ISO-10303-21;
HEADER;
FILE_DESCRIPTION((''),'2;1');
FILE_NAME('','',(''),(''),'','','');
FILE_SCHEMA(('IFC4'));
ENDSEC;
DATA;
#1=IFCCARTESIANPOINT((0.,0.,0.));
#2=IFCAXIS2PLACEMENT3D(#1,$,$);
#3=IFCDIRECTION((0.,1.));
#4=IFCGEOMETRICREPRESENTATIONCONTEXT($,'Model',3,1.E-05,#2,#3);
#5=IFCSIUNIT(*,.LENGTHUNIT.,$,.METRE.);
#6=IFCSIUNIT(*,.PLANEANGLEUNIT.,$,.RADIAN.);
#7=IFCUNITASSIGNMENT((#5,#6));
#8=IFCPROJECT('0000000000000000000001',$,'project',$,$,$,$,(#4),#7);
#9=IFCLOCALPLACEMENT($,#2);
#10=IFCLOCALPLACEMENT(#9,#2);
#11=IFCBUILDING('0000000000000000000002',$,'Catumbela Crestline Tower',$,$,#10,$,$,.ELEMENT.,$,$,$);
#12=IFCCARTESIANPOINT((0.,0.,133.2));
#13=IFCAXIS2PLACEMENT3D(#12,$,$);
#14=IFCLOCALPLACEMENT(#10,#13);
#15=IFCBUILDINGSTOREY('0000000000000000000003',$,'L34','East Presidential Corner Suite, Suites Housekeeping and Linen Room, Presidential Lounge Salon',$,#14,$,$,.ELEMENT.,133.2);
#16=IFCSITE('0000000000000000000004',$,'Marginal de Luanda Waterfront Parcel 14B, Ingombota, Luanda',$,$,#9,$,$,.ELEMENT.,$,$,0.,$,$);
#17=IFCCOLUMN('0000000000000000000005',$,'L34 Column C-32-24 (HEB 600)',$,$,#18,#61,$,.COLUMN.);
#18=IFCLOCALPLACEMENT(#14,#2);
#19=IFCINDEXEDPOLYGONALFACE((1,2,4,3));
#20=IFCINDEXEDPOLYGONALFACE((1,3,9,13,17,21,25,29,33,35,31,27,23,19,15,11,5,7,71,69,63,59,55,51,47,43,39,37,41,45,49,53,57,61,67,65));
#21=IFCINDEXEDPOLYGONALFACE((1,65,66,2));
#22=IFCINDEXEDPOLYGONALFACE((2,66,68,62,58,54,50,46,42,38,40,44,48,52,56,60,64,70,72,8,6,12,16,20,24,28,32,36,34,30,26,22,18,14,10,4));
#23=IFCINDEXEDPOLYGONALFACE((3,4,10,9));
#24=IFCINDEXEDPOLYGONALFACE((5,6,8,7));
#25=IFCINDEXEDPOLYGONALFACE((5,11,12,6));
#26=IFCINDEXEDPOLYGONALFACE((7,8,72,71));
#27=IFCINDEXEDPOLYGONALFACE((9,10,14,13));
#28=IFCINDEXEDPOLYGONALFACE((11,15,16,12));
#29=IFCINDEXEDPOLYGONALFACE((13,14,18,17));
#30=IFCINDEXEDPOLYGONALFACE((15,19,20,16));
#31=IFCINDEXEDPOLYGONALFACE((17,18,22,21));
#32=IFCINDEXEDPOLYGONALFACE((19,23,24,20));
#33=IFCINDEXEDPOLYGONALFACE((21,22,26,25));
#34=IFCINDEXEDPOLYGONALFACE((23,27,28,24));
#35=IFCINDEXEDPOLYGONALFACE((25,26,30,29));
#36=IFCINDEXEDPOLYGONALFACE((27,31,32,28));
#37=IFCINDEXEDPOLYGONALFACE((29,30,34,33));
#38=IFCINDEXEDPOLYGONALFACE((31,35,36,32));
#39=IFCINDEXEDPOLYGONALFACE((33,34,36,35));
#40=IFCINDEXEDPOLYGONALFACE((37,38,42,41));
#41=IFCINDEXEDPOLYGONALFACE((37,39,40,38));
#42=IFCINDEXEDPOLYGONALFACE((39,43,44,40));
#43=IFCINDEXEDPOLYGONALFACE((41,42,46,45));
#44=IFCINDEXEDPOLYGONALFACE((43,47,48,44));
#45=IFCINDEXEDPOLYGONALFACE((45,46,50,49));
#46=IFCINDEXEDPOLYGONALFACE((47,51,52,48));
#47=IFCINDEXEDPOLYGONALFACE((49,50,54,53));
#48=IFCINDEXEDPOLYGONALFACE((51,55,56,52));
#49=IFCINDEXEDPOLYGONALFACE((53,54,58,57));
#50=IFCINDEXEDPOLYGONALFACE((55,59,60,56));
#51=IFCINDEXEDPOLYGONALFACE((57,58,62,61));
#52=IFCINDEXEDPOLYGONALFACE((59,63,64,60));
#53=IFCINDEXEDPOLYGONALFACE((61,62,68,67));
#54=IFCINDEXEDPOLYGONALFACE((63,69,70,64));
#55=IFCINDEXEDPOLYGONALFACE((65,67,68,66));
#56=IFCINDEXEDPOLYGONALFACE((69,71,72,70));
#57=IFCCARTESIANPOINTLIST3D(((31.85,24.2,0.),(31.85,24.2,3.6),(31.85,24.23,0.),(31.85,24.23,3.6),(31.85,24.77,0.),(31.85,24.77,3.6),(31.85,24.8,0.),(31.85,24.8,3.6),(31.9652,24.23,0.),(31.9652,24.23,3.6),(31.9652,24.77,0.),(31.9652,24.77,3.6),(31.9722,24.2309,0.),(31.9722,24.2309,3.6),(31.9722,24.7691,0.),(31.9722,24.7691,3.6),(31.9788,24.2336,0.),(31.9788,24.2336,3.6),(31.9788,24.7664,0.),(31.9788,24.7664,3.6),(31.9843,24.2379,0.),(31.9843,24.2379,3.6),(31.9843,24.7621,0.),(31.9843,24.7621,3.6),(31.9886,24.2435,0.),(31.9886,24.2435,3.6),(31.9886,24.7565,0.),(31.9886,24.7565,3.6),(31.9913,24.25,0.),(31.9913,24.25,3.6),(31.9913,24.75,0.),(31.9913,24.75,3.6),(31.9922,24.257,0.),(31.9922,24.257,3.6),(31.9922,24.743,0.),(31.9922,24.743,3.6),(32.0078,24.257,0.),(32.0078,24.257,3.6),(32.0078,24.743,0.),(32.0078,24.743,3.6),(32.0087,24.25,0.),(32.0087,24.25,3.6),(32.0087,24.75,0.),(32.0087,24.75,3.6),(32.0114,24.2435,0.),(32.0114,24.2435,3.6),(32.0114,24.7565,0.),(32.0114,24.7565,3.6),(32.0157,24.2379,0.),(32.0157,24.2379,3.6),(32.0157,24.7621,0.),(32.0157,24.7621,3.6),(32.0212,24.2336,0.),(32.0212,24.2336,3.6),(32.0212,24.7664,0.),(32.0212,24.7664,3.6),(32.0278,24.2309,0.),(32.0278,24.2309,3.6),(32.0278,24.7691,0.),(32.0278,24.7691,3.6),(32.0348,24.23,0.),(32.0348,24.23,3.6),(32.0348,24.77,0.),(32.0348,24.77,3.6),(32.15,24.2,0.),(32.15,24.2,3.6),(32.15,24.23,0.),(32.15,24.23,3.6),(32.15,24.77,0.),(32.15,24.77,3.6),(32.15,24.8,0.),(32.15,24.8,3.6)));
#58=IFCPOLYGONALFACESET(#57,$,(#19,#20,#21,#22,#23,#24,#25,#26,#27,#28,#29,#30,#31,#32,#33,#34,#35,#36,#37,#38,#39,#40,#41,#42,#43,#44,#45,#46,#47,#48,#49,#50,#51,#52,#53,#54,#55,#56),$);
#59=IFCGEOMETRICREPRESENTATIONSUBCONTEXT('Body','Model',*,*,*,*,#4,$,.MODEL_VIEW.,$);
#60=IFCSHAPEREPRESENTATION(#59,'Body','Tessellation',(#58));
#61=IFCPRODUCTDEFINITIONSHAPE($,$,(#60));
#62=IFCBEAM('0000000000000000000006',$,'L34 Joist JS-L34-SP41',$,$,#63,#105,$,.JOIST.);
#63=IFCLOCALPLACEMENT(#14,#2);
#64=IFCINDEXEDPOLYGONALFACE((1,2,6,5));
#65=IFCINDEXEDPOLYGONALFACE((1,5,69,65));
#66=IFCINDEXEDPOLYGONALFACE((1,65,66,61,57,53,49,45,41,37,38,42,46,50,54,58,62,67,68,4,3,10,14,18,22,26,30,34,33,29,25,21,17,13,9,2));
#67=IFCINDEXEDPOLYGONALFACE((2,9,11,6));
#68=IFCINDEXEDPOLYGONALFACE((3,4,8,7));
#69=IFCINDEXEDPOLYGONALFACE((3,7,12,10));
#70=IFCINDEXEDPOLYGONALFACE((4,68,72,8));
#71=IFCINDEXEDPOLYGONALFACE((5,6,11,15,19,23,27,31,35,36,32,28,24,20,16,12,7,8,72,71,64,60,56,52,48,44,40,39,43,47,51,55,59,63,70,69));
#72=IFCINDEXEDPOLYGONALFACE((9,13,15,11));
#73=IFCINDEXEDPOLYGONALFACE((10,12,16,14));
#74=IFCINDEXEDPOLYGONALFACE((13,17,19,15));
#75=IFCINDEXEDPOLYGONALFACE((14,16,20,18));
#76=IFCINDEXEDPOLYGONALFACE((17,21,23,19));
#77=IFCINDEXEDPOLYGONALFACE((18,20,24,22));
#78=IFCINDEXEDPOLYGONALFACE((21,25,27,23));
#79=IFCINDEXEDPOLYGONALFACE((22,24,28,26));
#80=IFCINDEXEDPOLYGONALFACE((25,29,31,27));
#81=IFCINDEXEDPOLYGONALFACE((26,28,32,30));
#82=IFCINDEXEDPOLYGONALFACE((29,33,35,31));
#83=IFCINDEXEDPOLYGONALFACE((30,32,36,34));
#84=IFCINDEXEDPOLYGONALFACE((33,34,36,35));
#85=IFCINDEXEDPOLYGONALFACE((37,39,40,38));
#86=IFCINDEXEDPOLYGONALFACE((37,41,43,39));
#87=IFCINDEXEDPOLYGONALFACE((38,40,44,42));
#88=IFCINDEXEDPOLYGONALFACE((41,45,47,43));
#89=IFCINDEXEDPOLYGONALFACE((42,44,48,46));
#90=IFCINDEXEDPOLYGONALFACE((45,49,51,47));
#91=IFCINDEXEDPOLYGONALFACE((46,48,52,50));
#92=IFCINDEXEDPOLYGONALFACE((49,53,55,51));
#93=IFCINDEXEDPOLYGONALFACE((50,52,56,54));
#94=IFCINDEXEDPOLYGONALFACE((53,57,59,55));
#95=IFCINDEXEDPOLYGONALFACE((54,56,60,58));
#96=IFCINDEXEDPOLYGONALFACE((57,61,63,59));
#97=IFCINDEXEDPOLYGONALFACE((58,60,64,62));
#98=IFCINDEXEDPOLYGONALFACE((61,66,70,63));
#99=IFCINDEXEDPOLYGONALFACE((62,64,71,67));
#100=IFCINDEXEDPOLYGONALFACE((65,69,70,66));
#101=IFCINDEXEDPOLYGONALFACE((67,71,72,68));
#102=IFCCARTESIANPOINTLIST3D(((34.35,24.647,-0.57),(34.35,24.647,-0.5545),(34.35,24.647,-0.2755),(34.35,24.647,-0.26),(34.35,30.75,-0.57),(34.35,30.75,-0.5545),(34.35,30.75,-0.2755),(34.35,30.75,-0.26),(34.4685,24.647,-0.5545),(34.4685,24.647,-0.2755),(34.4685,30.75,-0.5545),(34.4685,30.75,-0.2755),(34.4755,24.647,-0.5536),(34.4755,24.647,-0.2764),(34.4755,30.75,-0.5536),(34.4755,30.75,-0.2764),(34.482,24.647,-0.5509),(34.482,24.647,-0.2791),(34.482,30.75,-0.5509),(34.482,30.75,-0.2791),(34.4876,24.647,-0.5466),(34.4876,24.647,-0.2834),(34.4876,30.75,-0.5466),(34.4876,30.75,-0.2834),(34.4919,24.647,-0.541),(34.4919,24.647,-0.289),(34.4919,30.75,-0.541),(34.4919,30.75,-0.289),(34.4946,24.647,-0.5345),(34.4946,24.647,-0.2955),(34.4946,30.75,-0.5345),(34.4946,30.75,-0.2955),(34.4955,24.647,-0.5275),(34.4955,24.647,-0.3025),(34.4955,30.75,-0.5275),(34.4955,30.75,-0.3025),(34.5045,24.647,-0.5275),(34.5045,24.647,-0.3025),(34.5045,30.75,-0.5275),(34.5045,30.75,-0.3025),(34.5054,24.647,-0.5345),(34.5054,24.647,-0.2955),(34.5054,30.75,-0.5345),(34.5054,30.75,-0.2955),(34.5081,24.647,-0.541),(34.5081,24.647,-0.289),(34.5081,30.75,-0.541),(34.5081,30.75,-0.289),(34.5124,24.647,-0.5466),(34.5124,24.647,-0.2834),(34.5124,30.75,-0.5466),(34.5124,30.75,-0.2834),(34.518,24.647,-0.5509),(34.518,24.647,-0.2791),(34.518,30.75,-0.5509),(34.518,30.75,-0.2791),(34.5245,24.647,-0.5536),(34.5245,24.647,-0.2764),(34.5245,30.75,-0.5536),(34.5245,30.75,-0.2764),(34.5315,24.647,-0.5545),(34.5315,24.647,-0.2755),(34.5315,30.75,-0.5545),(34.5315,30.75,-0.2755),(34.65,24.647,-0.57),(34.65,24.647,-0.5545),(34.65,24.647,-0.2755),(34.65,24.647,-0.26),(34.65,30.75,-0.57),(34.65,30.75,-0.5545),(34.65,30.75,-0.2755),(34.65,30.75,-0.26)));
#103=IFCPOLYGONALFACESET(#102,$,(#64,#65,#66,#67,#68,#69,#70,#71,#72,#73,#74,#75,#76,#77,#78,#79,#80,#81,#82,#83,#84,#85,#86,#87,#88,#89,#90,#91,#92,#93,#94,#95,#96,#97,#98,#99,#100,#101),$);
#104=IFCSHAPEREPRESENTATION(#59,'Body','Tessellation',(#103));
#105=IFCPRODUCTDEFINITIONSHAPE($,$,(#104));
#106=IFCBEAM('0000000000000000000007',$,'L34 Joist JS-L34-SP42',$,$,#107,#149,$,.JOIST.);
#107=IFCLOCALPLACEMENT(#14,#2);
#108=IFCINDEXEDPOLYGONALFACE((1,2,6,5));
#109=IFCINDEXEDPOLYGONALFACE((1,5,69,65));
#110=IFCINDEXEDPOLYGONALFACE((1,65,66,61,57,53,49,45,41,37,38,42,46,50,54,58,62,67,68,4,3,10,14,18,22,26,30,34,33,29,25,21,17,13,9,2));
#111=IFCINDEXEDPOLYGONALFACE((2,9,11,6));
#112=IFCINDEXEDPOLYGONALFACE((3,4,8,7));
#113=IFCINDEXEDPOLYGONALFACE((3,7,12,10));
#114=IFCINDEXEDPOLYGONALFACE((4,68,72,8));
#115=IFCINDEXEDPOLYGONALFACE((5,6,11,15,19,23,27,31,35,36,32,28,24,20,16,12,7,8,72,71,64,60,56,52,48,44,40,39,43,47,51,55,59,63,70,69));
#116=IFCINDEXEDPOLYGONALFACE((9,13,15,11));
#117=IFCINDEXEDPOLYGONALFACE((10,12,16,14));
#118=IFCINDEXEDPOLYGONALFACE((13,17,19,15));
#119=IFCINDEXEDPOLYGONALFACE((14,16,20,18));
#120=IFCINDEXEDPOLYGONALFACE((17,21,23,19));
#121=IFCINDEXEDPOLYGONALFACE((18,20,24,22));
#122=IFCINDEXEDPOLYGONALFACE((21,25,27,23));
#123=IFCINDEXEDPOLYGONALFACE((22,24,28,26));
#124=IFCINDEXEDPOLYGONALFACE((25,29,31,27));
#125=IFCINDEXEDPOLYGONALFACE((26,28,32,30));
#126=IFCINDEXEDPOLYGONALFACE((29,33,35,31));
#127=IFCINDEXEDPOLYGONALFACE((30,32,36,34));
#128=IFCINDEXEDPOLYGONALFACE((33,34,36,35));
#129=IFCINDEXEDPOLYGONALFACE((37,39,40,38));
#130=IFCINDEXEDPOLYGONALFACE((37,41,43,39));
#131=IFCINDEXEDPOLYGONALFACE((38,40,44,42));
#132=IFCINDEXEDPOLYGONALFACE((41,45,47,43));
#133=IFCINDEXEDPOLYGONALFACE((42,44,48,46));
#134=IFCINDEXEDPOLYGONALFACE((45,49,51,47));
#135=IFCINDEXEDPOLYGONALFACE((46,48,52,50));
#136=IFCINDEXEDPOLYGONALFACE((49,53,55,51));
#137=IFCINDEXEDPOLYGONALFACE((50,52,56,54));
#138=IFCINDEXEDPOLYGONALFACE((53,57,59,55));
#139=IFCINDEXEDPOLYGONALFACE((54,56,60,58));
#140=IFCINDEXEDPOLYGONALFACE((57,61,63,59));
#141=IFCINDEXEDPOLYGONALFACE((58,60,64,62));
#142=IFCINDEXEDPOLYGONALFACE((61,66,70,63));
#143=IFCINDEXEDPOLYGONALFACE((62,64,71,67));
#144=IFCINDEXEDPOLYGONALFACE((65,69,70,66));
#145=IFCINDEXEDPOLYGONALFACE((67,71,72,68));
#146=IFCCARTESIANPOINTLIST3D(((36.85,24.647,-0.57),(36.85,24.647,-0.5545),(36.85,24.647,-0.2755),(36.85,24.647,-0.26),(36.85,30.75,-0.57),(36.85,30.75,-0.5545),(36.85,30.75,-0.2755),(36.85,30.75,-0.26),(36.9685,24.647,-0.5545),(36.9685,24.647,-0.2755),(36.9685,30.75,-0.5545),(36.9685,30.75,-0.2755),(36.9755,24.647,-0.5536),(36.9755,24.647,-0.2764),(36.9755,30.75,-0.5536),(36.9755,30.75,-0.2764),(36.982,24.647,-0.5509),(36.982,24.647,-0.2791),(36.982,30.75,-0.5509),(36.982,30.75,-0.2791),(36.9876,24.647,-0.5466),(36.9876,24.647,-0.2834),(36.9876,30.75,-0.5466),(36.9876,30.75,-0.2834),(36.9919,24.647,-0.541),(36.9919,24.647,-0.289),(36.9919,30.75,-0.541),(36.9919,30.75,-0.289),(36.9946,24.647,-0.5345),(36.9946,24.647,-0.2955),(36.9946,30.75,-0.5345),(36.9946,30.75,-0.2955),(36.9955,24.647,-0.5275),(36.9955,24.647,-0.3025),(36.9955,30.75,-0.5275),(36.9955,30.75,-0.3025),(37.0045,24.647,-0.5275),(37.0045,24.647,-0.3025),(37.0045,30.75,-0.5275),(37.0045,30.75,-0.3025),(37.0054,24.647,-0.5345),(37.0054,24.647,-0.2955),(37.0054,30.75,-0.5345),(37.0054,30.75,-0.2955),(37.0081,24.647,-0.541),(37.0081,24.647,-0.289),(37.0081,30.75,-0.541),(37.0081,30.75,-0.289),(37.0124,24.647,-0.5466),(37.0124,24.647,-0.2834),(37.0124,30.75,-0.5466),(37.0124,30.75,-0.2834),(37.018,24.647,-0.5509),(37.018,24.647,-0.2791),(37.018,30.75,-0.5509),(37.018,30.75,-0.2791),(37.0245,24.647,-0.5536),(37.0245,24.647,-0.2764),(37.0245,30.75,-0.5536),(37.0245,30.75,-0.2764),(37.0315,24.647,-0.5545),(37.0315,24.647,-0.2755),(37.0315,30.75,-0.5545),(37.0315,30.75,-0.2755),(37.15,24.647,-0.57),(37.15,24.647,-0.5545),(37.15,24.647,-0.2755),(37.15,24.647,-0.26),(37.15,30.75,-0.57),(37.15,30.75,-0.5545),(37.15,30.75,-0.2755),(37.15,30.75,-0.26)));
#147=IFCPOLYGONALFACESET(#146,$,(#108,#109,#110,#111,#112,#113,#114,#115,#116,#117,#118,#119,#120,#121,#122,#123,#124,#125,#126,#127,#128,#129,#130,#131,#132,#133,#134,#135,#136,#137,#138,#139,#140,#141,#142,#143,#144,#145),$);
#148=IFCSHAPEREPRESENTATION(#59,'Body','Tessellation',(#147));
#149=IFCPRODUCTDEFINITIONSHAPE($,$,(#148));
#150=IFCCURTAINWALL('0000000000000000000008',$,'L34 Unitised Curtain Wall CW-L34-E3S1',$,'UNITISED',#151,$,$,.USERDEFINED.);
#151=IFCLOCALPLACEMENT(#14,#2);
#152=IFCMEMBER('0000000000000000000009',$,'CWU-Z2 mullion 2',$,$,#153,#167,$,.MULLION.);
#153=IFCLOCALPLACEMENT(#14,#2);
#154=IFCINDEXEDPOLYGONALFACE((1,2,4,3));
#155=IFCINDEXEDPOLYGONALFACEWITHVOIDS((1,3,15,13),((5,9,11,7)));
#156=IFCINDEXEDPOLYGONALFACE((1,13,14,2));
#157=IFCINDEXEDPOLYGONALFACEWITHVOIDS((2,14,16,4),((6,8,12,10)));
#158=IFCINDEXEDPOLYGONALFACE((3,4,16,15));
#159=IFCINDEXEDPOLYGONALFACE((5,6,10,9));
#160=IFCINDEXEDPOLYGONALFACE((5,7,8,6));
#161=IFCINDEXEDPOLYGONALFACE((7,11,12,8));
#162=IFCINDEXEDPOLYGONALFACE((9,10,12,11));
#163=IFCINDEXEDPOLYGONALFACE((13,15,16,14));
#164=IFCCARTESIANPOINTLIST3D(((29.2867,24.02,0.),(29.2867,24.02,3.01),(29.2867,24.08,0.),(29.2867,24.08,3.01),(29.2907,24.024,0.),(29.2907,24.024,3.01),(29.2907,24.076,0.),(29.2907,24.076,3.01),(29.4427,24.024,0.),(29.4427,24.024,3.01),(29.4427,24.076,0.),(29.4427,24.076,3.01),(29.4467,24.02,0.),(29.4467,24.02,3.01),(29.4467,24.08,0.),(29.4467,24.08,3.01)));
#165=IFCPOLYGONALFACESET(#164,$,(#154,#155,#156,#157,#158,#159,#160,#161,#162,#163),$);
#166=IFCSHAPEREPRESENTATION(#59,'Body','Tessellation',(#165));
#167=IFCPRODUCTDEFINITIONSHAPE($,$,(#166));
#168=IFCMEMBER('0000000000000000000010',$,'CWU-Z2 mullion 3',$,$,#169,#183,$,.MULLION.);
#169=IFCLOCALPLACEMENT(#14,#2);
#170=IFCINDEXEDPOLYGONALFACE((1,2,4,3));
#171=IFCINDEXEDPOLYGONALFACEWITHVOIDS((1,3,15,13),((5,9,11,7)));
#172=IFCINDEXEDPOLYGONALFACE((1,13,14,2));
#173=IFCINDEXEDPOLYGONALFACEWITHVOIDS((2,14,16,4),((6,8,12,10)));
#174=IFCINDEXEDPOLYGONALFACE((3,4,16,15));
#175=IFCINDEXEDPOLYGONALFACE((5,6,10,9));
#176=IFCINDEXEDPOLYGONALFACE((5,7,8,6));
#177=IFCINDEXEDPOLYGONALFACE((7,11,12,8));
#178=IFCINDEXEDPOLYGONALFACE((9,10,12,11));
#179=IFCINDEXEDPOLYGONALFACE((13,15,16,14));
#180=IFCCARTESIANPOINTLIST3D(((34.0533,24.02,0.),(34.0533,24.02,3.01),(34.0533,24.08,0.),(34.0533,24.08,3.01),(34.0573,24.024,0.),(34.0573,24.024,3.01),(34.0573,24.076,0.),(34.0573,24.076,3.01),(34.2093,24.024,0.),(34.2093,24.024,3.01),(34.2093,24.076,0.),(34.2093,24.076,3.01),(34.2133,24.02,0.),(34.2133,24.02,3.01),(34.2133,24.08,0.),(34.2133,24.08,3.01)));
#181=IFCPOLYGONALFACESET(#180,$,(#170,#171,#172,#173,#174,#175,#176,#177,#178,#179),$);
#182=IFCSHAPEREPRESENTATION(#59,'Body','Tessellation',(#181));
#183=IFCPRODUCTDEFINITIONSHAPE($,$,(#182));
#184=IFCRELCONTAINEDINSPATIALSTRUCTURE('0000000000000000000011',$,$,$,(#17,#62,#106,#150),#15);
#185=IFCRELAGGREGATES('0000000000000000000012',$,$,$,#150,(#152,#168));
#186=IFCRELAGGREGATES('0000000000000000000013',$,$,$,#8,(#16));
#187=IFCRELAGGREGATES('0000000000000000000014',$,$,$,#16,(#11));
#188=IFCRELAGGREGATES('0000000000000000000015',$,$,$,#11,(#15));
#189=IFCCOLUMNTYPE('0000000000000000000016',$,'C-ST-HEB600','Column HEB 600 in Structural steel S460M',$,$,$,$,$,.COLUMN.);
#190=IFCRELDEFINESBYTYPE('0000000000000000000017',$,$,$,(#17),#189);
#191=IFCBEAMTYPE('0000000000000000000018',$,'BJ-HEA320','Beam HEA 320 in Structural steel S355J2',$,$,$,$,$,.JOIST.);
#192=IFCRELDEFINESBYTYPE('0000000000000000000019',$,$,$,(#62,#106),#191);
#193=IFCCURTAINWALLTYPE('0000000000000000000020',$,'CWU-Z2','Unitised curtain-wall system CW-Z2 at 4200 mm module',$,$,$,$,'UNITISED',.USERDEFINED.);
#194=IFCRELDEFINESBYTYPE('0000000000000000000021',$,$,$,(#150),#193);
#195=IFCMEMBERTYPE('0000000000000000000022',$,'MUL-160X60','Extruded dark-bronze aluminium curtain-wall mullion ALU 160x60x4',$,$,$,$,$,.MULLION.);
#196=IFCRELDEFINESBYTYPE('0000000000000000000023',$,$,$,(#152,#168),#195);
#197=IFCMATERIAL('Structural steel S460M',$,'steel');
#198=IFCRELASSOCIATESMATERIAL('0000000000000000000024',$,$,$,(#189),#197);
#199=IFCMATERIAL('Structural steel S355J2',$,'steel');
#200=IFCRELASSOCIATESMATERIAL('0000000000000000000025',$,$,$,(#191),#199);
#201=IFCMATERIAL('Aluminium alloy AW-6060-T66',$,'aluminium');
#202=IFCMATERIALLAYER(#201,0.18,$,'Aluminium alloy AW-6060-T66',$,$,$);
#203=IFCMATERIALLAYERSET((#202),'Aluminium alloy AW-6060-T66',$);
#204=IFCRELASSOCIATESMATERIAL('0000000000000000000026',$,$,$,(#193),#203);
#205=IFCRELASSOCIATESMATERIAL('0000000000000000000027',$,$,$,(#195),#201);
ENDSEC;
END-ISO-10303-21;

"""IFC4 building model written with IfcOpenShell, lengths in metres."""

from ifc_helpers import new_model, si_unit, direction, frame, origin, origin_2d, place, context, subcontext, project, spatial, hollow_rectangle, i_section, extrude, material, layer, layer_set, material_profile, profile_set, type_object, element, aggregate, save


model = new_model("IFC4")

# Units and contexts
model_context = context("Model", 3, precision=1e-05, world=origin(), true_north=direction((0.0, 1.0)))
body_context = subcontext(model_context, "Body", "Model", "MODEL_VIEW")
ifc_project = project(units=[si_unit("LENGTHUNIT", "METRE"), si_unit("PLANEANGLEUNIT", "RADIAN")], contexts=[model_context])

# Site, building, storey
site_placement = place(None, origin())
site = spatial("IfcSite", under=ifc_project, at=site_placement, Name="Marginal de Luanda Waterfront Parcel 14B, Ingombota, Luanda", CompositionType="ELEMENT", RefElevation=0.0)
building_placement = place(site_placement, origin())
building = spatial("IfcBuilding", under=site, at=building_placement, Name="Catumbela Crestline Tower", CompositionType="ELEMENT")
storey_placement = place(building_placement, frame((0.0, 0.0, 133.2)))
storey = spatial("IfcBuildingStorey", under=building, at=storey_placement, Name="L34", Description="East Presidential Corner Suite, Suites Housekeeping and Linen Room, Presidential Lounge Salon", CompositionType="ELEMENT", Elevation=133.2)

# Column
ifc_material_1 = material(Name="Structural steel S460M", Category="steel")
ifc_material_profile_1 = material_profile(ifc_material_1, i_section(OverallWidth=0.3, OverallDepth=0.6, WebThickness=0.0155, FlangeThickness=0.03, FilletRadius=0.027, at=origin_2d()), Name="HEB 600")
ifc_profile_set_1 = profile_set([ifc_material_profile_1], Name="Structural steel S460M")
column_type = type_object("IfcColumnType", Name="C-ST-HEB600", Description="Column HEB 600 in Structural steel S460M", PredefinedType="COLUMN", material=ifc_profile_set_1)
column_placement = place(storey_placement, frame((32.0, 24.5, 0.0), z_axis=(0.0, 0.0, 1.0), x_axis=(1.0, 0.0, 0.0)))
element("IfcColumn", 1, at=column_placement, inside=storey, type_object=column_type, Name="L34 Column C-32-24 (HEB 600)", PredefinedType="COLUMN", context=body_context, shape_type="SweptSolid", body=[
    extrude(i_section(OverallWidth=0.3, OverallDepth=0.6, WebThickness=0.0155, FlangeThickness=0.03, FilletRadius=0.027, at=origin_2d()), origin(), (0.0, 0.0, 1.0), 3.6),
])

# Beams
ifc_material_2 = material(Name="Structural steel S355J2", Category="steel")
ifc_material_profile_2 = material_profile(ifc_material_2, i_section(OverallWidth=0.3, OverallDepth=0.31, WebThickness=0.009, FlangeThickness=0.0155, FilletRadius=0.027, at=origin_2d()), Name="HEA 320")
ifc_profile_set_2 = profile_set([ifc_material_profile_2], Name="Structural steel S355J2")
beam_type_1 = type_object("IfcBeamType", Name="BJ-HEA320", Description="Beam HEA 320 in Structural steel S355J2", PredefinedType="JOIST", material=ifc_profile_set_2)
for number, where, z_axis, x_axis, name in (
    (2, (34.5, 24.647, -0.415), (0.0, 1.0, 0.0), (-1.0, 0.0, 0.0), "L34 Joist JS-L34-SP41"),
    (3, (37.0, 24.647, -0.415), (0.0, 1.0, 0.0), (-1.0, 0.0, 0.0), "L34 Joist JS-L34-SP42"),
):
    element("IfcBeam", number, at=place(storey_placement, frame(where, z_axis=z_axis, x_axis=x_axis)), inside=storey, type_object=beam_type_1, Name=name, PredefinedType="JOIST", context=body_context, shape_type="SweptSolid", body=[
        extrude(i_section(OverallWidth=0.3, OverallDepth=0.31, WebThickness=0.009, FlangeThickness=0.0155, FilletRadius=0.027, at=origin_2d()), origin(), (0.0, 0.0, 1.0), 6.103),
    ])

# Curtain wall, members
ifc_material_3 = material(Name="Aluminium alloy AW-6060-T66", Category="aluminium")
ifc_layer_1 = layer(ifc_material_3, 0.18, Name="Aluminium alloy AW-6060-T66")
ifc_layer_set_1 = layer_set([ifc_layer_1], Name="Aluminium alloy AW-6060-T66")
curtain_wall_type = type_object("IfcCurtainWallType", Name="CWU-Z2", Description="Unitised curtain-wall system CW-Z2 at 4200 mm module", ElementType="UNITISED", PredefinedType="USERDEFINED", material=ifc_layer_set_1)
curtain_wall_placement = place(storey_placement, origin())
curtain_wall = element("IfcCurtainWall", 4, at=curtain_wall_placement, inside=storey, type_object=curtain_wall_type, Name="L34 Unitised Curtain Wall CW-L34-E3S1", ObjectType="UNITISED", PredefinedType="USERDEFINED")
ifc_material_profile_3 = material_profile(ifc_material_3, hollow_rectangle(XDim=0.06, YDim=0.16, WallThickness=0.004, at=origin_2d()), Name="ALU 160x60x4")
ifc_profile_set_3 = profile_set([ifc_material_profile_3], Name="Aluminium alloy AW-6060-T66")
member_type_1 = type_object("IfcMemberType", Name="MUL-160X60", Description="Extruded dark-bronze aluminium curtain-wall mullion ALU 160x60x4", PredefinedType="MULLION", material=ifc_profile_set_3)
member_1_placement = place(storey_placement, frame((29.3667, 24.05, 0.0), z_axis=(0.0, 0.0, 1.0), x_axis=(0.0, 1.0, 0.0)))
member_1 = element("IfcMember", 5, at=member_1_placement, type_object=member_type_1, Name="CWU-Z2 mullion 2", PredefinedType="MULLION", context=body_context, shape_type="SweptSolid", body=[
    extrude(hollow_rectangle(XDim=0.06, YDim=0.16, WallThickness=0.004, at=origin_2d()), origin(), (0.0, 0.0, 1.0), 3.01),
])
member_2_placement = place(storey_placement, frame((34.1333, 24.05, 0.0), z_axis=(0.0, 0.0, 1.0), x_axis=(0.0, 1.0, 0.0)))
member_2 = element("IfcMember", 6, at=member_2_placement, type_object=member_type_1, Name="CWU-Z2 mullion 3", PredefinedType="MULLION", context=body_context, shape_type="SweptSolid", body=[
    extrude(hollow_rectangle(XDim=0.06, YDim=0.16, WallThickness=0.004, at=origin_2d()), origin(), (0.0, 0.0, 1.0), 3.01),
])

aggregate(curtain_wall, [member_1, member_2])

save(model, "model.ifc")
